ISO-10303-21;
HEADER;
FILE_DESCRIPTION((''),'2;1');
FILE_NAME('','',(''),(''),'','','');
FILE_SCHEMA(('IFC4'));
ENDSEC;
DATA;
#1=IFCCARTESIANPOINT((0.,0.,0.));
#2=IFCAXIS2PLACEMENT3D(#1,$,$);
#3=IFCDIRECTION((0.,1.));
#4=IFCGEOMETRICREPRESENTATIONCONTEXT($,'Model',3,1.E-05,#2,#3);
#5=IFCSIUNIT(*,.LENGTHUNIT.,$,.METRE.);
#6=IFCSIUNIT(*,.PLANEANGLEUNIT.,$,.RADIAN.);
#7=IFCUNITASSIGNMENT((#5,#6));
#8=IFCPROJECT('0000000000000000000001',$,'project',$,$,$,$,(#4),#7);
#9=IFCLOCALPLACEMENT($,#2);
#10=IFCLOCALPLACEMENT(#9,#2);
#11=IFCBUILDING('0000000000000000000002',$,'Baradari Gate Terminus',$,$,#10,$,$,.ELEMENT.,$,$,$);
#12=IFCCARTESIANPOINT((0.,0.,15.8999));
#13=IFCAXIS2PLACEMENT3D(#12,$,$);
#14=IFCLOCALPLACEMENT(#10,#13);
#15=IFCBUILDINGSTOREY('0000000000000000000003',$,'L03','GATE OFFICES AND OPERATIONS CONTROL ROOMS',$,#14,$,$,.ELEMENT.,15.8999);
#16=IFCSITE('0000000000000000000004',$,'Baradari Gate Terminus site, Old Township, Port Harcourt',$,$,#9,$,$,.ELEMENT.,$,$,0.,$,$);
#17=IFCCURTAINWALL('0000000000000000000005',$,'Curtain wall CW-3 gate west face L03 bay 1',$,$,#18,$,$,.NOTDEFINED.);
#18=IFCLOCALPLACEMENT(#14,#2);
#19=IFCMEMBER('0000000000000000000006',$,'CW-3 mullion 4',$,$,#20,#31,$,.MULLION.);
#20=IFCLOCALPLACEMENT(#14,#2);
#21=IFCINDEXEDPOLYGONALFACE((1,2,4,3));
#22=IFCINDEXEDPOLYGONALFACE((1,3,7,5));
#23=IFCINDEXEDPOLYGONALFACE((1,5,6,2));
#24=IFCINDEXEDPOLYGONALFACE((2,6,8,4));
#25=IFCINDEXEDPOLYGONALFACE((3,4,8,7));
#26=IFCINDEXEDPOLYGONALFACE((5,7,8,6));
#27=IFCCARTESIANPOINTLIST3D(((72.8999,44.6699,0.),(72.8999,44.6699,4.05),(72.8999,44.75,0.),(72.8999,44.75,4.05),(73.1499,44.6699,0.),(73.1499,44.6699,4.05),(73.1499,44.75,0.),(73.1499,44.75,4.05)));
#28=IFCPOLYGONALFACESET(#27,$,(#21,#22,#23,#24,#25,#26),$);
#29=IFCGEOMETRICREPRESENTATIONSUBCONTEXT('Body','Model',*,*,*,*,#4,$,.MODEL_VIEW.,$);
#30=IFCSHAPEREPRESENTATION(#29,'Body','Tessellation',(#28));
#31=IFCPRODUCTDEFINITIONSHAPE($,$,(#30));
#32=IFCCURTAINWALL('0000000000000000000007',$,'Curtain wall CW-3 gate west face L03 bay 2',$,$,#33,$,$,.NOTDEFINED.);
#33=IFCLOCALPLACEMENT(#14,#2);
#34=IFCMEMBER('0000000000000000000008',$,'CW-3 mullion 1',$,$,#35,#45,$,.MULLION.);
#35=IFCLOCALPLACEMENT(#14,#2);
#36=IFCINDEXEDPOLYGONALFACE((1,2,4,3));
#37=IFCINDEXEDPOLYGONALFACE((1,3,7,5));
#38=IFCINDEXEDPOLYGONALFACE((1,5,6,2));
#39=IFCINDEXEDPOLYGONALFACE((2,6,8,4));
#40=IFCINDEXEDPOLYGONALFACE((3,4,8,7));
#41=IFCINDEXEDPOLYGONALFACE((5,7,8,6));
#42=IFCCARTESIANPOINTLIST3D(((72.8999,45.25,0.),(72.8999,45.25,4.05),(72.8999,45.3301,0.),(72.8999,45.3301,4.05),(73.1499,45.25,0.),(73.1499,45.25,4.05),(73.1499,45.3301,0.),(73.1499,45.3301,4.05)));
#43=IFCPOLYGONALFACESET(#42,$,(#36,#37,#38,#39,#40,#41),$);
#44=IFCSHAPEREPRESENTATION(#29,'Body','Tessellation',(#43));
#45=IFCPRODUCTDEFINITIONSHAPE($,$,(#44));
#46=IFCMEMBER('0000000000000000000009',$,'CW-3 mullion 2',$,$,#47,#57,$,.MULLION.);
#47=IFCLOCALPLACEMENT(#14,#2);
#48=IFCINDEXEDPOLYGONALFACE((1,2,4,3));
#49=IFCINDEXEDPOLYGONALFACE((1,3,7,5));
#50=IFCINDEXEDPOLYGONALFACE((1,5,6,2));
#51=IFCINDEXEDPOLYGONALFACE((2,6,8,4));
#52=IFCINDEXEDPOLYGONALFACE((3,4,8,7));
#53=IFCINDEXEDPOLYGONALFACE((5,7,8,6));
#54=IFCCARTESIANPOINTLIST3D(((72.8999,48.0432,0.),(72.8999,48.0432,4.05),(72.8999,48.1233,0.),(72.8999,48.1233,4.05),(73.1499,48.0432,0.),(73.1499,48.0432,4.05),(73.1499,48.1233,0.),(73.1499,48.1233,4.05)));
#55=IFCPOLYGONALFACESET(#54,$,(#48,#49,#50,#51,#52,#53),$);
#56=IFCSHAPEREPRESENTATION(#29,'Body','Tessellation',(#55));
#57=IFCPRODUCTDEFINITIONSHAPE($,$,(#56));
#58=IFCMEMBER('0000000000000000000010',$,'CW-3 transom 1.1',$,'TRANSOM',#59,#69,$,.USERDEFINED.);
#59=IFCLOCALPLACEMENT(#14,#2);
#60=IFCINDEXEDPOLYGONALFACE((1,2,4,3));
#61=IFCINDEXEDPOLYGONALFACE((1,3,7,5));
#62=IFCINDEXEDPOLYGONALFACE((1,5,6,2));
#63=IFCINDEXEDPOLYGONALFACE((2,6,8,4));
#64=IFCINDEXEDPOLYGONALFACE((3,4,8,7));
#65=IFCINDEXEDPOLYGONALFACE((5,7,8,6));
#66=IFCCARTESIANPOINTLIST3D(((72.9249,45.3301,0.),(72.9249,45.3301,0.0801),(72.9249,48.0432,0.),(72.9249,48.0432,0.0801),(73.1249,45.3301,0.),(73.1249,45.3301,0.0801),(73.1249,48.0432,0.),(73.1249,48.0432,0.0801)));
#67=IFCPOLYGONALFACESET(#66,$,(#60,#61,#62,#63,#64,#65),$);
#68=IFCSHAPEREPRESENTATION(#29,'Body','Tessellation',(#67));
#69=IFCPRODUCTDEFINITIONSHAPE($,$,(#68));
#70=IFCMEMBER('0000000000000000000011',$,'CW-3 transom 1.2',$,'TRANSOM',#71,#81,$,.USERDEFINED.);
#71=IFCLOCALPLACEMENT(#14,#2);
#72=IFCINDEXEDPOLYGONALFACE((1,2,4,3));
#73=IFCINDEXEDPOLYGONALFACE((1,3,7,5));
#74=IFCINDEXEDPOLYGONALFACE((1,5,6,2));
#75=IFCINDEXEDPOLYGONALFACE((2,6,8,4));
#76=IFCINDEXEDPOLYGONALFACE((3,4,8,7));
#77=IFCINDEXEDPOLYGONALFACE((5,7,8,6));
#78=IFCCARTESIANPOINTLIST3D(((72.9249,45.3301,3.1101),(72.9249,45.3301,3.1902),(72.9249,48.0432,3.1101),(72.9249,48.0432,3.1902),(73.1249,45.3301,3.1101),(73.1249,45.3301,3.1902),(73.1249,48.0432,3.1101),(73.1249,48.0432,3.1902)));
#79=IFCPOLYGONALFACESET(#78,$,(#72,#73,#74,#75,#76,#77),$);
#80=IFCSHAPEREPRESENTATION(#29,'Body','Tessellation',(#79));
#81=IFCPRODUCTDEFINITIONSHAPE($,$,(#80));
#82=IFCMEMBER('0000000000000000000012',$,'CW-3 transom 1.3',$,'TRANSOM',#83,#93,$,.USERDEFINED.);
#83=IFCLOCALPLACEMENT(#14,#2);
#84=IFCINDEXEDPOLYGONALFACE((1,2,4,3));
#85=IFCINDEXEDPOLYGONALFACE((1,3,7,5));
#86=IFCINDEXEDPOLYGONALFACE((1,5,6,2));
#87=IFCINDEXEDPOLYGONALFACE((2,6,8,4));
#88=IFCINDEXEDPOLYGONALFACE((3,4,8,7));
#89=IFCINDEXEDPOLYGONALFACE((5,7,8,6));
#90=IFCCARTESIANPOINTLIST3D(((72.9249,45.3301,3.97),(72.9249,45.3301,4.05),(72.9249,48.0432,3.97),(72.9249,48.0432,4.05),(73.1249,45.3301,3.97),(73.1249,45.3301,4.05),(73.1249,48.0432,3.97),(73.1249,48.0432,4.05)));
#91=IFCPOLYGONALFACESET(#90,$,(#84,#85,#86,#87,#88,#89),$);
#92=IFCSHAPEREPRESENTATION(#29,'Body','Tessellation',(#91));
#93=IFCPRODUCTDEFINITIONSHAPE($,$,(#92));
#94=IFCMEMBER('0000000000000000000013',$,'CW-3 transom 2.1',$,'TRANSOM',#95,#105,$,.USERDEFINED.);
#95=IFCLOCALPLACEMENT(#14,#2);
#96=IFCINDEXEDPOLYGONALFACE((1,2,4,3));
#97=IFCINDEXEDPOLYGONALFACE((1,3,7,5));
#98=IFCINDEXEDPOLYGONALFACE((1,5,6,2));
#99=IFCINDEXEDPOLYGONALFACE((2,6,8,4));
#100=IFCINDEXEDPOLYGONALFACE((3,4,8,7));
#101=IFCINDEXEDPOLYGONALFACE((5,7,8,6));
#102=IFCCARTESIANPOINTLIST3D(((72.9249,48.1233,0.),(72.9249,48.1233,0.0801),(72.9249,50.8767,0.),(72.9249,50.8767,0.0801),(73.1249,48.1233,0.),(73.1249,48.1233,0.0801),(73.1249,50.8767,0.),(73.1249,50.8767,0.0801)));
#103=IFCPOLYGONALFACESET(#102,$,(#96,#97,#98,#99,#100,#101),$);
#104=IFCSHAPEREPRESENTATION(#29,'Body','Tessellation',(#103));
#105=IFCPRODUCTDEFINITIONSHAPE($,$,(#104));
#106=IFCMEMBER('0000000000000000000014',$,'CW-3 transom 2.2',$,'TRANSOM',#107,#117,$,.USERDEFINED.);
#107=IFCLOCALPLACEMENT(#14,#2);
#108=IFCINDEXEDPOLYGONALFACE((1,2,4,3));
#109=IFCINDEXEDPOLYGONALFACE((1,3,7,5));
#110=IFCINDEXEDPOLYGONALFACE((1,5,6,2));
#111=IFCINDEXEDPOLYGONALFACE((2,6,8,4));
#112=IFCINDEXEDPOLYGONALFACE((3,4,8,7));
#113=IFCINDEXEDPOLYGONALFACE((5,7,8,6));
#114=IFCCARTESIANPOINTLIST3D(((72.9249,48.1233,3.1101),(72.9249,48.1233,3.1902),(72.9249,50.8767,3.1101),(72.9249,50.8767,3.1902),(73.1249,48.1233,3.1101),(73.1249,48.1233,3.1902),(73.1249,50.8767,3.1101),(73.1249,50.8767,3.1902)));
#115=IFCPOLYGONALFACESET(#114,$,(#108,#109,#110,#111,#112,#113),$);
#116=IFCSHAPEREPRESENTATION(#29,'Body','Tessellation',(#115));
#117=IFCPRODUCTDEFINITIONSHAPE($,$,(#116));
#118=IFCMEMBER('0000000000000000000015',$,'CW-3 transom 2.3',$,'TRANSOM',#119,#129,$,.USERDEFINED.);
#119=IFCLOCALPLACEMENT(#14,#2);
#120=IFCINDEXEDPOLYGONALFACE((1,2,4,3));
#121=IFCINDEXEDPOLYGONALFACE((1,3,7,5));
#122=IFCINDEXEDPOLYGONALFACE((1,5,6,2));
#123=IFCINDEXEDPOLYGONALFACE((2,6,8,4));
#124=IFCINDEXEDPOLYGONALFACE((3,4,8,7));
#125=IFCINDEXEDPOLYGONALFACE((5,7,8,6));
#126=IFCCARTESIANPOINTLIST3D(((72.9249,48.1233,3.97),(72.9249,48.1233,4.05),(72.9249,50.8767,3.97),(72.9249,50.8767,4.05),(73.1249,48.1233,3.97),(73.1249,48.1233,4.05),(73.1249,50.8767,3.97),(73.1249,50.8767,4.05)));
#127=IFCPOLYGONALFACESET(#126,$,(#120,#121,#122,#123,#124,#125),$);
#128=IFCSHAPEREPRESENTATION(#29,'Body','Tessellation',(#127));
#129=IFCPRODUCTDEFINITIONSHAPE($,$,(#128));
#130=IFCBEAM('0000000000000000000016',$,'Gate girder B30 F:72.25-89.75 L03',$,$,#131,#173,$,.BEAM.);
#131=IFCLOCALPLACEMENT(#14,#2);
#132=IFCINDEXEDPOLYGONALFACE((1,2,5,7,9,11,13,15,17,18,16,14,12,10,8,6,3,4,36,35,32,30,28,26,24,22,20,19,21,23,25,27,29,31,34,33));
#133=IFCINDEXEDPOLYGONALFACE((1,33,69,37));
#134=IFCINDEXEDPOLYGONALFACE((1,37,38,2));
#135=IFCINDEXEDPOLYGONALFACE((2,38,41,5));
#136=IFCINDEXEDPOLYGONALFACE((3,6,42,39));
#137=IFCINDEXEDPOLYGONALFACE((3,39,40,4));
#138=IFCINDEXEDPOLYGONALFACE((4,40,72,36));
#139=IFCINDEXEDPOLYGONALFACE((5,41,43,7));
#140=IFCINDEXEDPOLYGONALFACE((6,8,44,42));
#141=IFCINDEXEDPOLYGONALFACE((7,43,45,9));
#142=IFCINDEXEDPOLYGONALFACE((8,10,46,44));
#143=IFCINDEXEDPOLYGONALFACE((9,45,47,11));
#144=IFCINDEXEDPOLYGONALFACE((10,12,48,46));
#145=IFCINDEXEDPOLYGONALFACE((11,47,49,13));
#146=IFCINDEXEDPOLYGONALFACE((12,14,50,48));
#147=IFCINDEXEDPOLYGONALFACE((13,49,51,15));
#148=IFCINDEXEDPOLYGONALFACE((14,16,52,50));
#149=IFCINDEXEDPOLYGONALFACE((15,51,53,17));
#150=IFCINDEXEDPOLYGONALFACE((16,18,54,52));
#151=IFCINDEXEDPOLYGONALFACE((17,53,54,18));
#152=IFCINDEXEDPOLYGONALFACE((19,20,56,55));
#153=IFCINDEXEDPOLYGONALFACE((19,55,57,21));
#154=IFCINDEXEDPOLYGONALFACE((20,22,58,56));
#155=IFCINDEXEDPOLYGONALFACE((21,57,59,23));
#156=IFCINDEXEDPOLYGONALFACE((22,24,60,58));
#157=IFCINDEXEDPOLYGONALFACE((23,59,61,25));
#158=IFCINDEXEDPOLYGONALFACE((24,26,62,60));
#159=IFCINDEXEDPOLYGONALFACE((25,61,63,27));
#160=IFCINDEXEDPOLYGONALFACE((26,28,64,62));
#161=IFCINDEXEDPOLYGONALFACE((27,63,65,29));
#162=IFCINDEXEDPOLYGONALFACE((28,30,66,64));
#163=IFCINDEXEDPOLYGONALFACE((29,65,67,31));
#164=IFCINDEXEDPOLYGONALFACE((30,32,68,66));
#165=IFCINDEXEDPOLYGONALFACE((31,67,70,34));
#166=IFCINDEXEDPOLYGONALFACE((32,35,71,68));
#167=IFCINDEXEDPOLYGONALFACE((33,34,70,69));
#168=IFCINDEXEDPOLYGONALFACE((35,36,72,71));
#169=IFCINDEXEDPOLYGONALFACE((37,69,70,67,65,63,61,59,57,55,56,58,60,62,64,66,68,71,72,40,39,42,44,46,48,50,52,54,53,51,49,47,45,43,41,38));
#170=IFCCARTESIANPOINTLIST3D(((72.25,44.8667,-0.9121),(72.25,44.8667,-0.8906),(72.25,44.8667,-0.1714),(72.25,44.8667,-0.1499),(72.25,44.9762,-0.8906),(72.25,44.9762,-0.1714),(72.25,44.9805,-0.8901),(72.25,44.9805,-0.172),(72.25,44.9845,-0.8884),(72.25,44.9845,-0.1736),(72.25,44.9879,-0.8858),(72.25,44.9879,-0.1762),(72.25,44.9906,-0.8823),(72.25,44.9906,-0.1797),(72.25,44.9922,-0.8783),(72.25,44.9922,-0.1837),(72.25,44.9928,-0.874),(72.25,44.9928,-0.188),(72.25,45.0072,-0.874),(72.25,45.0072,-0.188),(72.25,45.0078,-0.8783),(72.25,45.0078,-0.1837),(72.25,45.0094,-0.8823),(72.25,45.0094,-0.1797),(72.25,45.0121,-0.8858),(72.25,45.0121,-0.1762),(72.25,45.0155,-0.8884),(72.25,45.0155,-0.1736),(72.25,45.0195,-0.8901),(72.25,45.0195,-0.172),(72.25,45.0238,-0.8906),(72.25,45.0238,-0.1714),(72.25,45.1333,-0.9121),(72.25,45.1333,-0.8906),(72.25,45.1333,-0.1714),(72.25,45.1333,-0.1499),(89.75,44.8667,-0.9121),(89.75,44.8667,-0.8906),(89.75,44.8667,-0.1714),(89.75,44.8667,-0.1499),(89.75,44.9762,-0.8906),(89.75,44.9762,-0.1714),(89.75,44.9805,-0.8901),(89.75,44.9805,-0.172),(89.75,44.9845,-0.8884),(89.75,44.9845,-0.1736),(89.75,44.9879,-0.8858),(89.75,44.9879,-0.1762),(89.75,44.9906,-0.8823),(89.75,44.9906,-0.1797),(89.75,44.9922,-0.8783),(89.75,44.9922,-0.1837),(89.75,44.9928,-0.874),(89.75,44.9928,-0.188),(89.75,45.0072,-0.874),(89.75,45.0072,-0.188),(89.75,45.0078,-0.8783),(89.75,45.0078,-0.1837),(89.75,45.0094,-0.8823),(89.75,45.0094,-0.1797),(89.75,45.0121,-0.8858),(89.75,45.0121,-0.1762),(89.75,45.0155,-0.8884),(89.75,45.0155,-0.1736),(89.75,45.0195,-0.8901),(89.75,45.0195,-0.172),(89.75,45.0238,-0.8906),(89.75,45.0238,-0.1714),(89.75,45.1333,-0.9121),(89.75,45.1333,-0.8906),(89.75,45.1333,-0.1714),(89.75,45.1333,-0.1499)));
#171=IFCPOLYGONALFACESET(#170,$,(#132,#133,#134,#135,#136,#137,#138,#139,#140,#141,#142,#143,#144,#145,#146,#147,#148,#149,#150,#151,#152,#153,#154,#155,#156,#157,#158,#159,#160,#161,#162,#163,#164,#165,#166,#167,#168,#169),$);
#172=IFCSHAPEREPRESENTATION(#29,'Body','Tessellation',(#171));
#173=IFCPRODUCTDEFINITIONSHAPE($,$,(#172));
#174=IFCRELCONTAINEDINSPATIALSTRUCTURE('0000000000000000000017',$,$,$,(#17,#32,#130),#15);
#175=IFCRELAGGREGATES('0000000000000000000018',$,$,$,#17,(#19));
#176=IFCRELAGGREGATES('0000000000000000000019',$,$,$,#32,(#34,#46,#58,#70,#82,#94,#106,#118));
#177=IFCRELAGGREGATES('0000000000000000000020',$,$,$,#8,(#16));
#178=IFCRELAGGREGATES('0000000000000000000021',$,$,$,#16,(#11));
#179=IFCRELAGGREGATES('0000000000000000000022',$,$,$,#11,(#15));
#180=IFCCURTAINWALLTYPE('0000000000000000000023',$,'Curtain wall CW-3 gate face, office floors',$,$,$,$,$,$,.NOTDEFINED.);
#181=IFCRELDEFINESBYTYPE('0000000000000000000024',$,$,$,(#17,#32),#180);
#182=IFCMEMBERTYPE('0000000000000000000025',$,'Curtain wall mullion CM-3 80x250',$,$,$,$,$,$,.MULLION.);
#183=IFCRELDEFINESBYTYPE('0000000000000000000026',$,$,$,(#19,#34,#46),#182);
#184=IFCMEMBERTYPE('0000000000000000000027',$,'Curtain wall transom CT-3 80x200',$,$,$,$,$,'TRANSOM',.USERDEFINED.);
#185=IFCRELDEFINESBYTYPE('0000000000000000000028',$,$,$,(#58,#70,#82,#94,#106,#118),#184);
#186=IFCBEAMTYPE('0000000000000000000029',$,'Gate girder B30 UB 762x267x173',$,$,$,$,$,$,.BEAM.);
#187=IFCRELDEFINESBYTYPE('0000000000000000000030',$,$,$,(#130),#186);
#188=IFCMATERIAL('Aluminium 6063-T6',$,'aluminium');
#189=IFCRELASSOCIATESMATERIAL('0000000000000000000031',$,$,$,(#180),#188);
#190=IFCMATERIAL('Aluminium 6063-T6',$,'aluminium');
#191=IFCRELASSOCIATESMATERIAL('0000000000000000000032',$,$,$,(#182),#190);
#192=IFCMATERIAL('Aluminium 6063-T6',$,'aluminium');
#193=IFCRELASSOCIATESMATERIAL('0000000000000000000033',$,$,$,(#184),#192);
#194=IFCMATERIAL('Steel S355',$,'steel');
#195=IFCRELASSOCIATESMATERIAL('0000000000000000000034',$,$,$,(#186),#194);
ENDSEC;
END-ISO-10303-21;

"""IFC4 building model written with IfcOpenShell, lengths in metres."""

from ifc_helpers import new_model, si_unit, direction, frame, origin, origin_2d, place, context, subcontext, project, spatial, rectangle, i_section, extrude, material, material_profile, profile_set, type_object, element, aggregate, save


model = new_model("IFC4")

# Units and contexts
model_context = context("Model", 3, precision=1e-05, world=origin(), true_north=direction((0.0, 1.0)))
body_context = subcontext(model_context, "Body", "Model", "MODEL_VIEW")
ifc_project = project(units=[si_unit("LENGTHUNIT", "METRE"), si_unit("PLANEANGLEUNIT", "RADIAN")], contexts=[model_context])

# Site, building, storey
site_placement = place(None, origin())
site = spatial("IfcSite", under=ifc_project, at=site_placement, Name="Baradari Gate Terminus site, Old Township, Port Harcourt", CompositionType="ELEMENT", RefElevation=0.0)
building_placement = place(site_placement, origin())
building = spatial("IfcBuilding", under=site, at=building_placement, Name="Baradari Gate Terminus", CompositionType="ELEMENT")
storey_placement = place(building_placement, frame((0.0, 0.0, 15.8999)))
storey = spatial("IfcBuildingStorey", under=building, at=storey_placement, Name="L03", Description="GATE OFFICES AND OPERATIONS CONTROL ROOMS", CompositionType="ELEMENT", Elevation=15.8999)

# Curtain wall, member
ifc_material_1 = material(Name="Aluminium 6063-T6", Category="aluminium")
curtain_wall_type = type_object("IfcCurtainWallType", Name="Curtain wall CW-3 gate face, office floors", PredefinedType="NOTDEFINED", material=ifc_material_1)
curtain_wall_1_placement = place(storey_placement, origin())
curtain_wall_1 = element("IfcCurtainWall", 1, at=curtain_wall_1_placement, inside=storey, type_object=curtain_wall_type, Name="Curtain wall CW-3 gate west face L03 bay 1", PredefinedType="NOTDEFINED")
ifc_material_2 = material(Name="Aluminium 6063-T6", Category="aluminium")
ifc_material_profile_1 = material_profile(ifc_material_2, rectangle(XDim=0.25, YDim=0.0801, at=origin_2d()), Name="CM-3 80X250")
ifc_profile_set_1 = profile_set([ifc_material_profile_1], Name="Aluminium 6063-T6")
member_type_1 = type_object("IfcMemberType", Name="Curtain wall mullion CM-3 80x250", PredefinedType="MULLION", material=ifc_profile_set_1)
member_1_placement = place(storey_placement, frame((73.0249, 44.71, 0.0), z_axis=(0.0, 0.0, 1.0), x_axis=(-1.0, 0.0, 0.0)))
member_1 = element("IfcMember", 2, at=member_1_placement, type_object=member_type_1, Name="CW-3 mullion 4", PredefinedType="MULLION", context=body_context, shape_type="SweptSolid", body=[
    extrude(rectangle(XDim=0.25, YDim=0.0801, at=origin_2d()), origin(), (0.0, 0.0, 1.0), 4.05),
])

# Curtain wall, members
curtain_wall_2_placement = place(storey_placement, origin())
curtain_wall_2 = element("IfcCurtainWall", 3, at=curtain_wall_2_placement, inside=storey, type_object=curtain_wall_type, Name="Curtain wall CW-3 gate west face L03 bay 2", PredefinedType="NOTDEFINED")
member_2_placement = place(storey_placement, frame((73.0249, 45.29, 0.0), z_axis=(0.0, 0.0, 1.0), x_axis=(-1.0, 0.0, 0.0)))
member_2 = element("IfcMember", 4, at=member_2_placement, type_object=member_type_1, Name="CW-3 mullion 1", PredefinedType="MULLION", context=body_context, shape_type="SweptSolid", body=[
    extrude(rectangle(XDim=0.25, YDim=0.0801, at=origin_2d()), origin(), (0.0, 0.0, 1.0), 4.05),
])
member_3_placement = place(storey_placement, frame((73.0249, 48.0833, 0.0), z_axis=(0.0, 0.0, 1.0), x_axis=(-1.0, 0.0, 0.0)))
member_3 = element("IfcMember", 5, at=member_3_placement, type_object=member_type_1, Name="CW-3 mullion 2", PredefinedType="MULLION", context=body_context, shape_type="SweptSolid", body=[
    extrude(rectangle(XDim=0.25, YDim=0.0801, at=origin_2d()), origin(), (0.0, 0.0, 1.0), 4.05),
])
ifc_material_3 = material(Name="Aluminium 6063-T6", Category="aluminium")
ifc_material_profile_2 = material_profile(ifc_material_3, rectangle(XDim=0.2, YDim=0.0801, at=origin_2d()), Name="CT-3 80X200")
ifc_profile_set_2 = profile_set([ifc_material_profile_2], Name="Aluminium 6063-T6")
member_type_2 = type_object("IfcMemberType", Name="Curtain wall transom CT-3 80x200", ElementType="TRANSOM", PredefinedType="USERDEFINED", material=ifc_profile_set_2)
member_4_placement = place(storey_placement, frame((73.0249, 45.3301, 0.04), z_axis=(0.0, 1.0, 0.0), x_axis=(-1.0, 0.0, 0.0)))
member_4 = element("IfcMember", 6, at=member_4_placement, type_object=member_type_2, Name="CW-3 transom 1.1", ObjectType="TRANSOM", PredefinedType="USERDEFINED", context=body_context, shape_type="SweptSolid", body=[
    extrude(rectangle(XDim=0.2, YDim=0.0801, at=origin_2d()), origin(), (0.0, 0.0, 1.0), 2.7131),
])
member_5_placement = place(storey_placement, frame((73.0249, 45.3301, 3.1501), z_axis=(0.0, 1.0, 0.0), x_axis=(-1.0, 0.0, 0.0)))
member_5 = element("IfcMember", 7, at=member_5_placement, type_object=member_type_2, Name="CW-3 transom 1.2", ObjectType="TRANSOM", PredefinedType="USERDEFINED", context=body_context, shape_type="SweptSolid", body=[
    extrude(rectangle(XDim=0.2, YDim=0.0801, at=origin_2d()), origin(), (0.0, 0.0, 1.0), 2.7131),
])
member_6_placement = place(storey_placement, frame((73.0249, 45.3301, 4.01), z_axis=(0.0, 1.0, 0.0), x_axis=(-1.0, 0.0, 0.0)))
member_6 = element("IfcMember", 8, at=member_6_placement, type_object=member_type_2, Name="CW-3 transom 1.3", ObjectType="TRANSOM", PredefinedType="USERDEFINED", context=body_context, shape_type="SweptSolid", body=[
    extrude(rectangle(XDim=0.2, YDim=0.0801, at=origin_2d()), origin(), (0.0, 0.0, 1.0), 2.7131),
])
member_7_placement = place(storey_placement, frame((73.0249, 48.1233, 0.04), z_axis=(0.0, 1.0, 0.0), x_axis=(-1.0, 0.0, 0.0)))
member_7 = element("IfcMember", 9, at=member_7_placement, type_object=member_type_2, Name="CW-3 transom 2.1", ObjectType="TRANSOM", PredefinedType="USERDEFINED", context=body_context, shape_type="SweptSolid", body=[
    extrude(rectangle(XDim=0.2, YDim=0.0801, at=origin_2d()), origin(), (0.0, 0.0, 1.0), 2.7534),
])
member_8_placement = place(storey_placement, frame((73.0249, 48.1233, 3.1501), z_axis=(0.0, 1.0, 0.0), x_axis=(-1.0, 0.0, 0.0)))
member_8 = element("IfcMember", 10, at=member_8_placement, type_object=member_type_2, Name="CW-3 transom 2.2", ObjectType="TRANSOM", PredefinedType="USERDEFINED", context=body_context, shape_type="SweptSolid", body=[
    extrude(rectangle(XDim=0.2, YDim=0.0801, at=origin_2d()), origin(), (0.0, 0.0, 1.0), 2.7534),
])
member_9_placement = place(storey_placement, frame((73.0249, 48.1233, 4.01), z_axis=(0.0, 1.0, 0.0), x_axis=(-1.0, 0.0, 0.0)))
member_9 = element("IfcMember", 11, at=member_9_placement, type_object=member_type_2, Name="CW-3 transom 2.3", ObjectType="TRANSOM", PredefinedType="USERDEFINED", context=body_context, shape_type="SweptSolid", body=[
    extrude(rectangle(XDim=0.2, YDim=0.0801, at=origin_2d()), origin(), (0.0, 0.0, 1.0), 2.7534),
])

# Beam
ifc_material_4 = material(Name="Steel S355", Category="steel")
ifc_material_profile_3 = material_profile(ifc_material_4, i_section(OverallWidth=0.2666, OverallDepth=0.7622, WebThickness=0.0144, FlangeThickness=0.0215, FilletRadius=0.0166, at=origin_2d()), Name="UB 762x267x173")
ifc_profile_set_3 = profile_set([ifc_material_profile_3], Name="Steel S355")
beam_type_1 = type_object("IfcBeamType", Name="Gate girder B30 UB 762x267x173", PredefinedType="BEAM", material=ifc_profile_set_3)
beam_placement = place(storey_placement, frame((72.25, 45.0, -0.531), z_axis=(1.0, 0.0, 0.0), x_axis=(0.0, 1.0, 0.0)))
element("IfcBeam", 12, at=beam_placement, inside=storey, type_object=beam_type_1, Name="Gate girder B30 F:72.25-89.75 L03", PredefinedType="BEAM", context=body_context, shape_type="SweptSolid", body=[
    extrude(i_section(OverallWidth=0.2666, OverallDepth=0.7622, WebThickness=0.0144, FlangeThickness=0.0215, FilletRadius=0.0166, at=origin_2d()), origin(), (0.0, 0.0, 1.0), 17.5),
])

aggregate(curtain_wall_1, [member_1])
aggregate(curtain_wall_2, [member_2, member_3, member_4, member_5, member_6, member_7, member_8, member_9])

save(model, "model.ifc")
